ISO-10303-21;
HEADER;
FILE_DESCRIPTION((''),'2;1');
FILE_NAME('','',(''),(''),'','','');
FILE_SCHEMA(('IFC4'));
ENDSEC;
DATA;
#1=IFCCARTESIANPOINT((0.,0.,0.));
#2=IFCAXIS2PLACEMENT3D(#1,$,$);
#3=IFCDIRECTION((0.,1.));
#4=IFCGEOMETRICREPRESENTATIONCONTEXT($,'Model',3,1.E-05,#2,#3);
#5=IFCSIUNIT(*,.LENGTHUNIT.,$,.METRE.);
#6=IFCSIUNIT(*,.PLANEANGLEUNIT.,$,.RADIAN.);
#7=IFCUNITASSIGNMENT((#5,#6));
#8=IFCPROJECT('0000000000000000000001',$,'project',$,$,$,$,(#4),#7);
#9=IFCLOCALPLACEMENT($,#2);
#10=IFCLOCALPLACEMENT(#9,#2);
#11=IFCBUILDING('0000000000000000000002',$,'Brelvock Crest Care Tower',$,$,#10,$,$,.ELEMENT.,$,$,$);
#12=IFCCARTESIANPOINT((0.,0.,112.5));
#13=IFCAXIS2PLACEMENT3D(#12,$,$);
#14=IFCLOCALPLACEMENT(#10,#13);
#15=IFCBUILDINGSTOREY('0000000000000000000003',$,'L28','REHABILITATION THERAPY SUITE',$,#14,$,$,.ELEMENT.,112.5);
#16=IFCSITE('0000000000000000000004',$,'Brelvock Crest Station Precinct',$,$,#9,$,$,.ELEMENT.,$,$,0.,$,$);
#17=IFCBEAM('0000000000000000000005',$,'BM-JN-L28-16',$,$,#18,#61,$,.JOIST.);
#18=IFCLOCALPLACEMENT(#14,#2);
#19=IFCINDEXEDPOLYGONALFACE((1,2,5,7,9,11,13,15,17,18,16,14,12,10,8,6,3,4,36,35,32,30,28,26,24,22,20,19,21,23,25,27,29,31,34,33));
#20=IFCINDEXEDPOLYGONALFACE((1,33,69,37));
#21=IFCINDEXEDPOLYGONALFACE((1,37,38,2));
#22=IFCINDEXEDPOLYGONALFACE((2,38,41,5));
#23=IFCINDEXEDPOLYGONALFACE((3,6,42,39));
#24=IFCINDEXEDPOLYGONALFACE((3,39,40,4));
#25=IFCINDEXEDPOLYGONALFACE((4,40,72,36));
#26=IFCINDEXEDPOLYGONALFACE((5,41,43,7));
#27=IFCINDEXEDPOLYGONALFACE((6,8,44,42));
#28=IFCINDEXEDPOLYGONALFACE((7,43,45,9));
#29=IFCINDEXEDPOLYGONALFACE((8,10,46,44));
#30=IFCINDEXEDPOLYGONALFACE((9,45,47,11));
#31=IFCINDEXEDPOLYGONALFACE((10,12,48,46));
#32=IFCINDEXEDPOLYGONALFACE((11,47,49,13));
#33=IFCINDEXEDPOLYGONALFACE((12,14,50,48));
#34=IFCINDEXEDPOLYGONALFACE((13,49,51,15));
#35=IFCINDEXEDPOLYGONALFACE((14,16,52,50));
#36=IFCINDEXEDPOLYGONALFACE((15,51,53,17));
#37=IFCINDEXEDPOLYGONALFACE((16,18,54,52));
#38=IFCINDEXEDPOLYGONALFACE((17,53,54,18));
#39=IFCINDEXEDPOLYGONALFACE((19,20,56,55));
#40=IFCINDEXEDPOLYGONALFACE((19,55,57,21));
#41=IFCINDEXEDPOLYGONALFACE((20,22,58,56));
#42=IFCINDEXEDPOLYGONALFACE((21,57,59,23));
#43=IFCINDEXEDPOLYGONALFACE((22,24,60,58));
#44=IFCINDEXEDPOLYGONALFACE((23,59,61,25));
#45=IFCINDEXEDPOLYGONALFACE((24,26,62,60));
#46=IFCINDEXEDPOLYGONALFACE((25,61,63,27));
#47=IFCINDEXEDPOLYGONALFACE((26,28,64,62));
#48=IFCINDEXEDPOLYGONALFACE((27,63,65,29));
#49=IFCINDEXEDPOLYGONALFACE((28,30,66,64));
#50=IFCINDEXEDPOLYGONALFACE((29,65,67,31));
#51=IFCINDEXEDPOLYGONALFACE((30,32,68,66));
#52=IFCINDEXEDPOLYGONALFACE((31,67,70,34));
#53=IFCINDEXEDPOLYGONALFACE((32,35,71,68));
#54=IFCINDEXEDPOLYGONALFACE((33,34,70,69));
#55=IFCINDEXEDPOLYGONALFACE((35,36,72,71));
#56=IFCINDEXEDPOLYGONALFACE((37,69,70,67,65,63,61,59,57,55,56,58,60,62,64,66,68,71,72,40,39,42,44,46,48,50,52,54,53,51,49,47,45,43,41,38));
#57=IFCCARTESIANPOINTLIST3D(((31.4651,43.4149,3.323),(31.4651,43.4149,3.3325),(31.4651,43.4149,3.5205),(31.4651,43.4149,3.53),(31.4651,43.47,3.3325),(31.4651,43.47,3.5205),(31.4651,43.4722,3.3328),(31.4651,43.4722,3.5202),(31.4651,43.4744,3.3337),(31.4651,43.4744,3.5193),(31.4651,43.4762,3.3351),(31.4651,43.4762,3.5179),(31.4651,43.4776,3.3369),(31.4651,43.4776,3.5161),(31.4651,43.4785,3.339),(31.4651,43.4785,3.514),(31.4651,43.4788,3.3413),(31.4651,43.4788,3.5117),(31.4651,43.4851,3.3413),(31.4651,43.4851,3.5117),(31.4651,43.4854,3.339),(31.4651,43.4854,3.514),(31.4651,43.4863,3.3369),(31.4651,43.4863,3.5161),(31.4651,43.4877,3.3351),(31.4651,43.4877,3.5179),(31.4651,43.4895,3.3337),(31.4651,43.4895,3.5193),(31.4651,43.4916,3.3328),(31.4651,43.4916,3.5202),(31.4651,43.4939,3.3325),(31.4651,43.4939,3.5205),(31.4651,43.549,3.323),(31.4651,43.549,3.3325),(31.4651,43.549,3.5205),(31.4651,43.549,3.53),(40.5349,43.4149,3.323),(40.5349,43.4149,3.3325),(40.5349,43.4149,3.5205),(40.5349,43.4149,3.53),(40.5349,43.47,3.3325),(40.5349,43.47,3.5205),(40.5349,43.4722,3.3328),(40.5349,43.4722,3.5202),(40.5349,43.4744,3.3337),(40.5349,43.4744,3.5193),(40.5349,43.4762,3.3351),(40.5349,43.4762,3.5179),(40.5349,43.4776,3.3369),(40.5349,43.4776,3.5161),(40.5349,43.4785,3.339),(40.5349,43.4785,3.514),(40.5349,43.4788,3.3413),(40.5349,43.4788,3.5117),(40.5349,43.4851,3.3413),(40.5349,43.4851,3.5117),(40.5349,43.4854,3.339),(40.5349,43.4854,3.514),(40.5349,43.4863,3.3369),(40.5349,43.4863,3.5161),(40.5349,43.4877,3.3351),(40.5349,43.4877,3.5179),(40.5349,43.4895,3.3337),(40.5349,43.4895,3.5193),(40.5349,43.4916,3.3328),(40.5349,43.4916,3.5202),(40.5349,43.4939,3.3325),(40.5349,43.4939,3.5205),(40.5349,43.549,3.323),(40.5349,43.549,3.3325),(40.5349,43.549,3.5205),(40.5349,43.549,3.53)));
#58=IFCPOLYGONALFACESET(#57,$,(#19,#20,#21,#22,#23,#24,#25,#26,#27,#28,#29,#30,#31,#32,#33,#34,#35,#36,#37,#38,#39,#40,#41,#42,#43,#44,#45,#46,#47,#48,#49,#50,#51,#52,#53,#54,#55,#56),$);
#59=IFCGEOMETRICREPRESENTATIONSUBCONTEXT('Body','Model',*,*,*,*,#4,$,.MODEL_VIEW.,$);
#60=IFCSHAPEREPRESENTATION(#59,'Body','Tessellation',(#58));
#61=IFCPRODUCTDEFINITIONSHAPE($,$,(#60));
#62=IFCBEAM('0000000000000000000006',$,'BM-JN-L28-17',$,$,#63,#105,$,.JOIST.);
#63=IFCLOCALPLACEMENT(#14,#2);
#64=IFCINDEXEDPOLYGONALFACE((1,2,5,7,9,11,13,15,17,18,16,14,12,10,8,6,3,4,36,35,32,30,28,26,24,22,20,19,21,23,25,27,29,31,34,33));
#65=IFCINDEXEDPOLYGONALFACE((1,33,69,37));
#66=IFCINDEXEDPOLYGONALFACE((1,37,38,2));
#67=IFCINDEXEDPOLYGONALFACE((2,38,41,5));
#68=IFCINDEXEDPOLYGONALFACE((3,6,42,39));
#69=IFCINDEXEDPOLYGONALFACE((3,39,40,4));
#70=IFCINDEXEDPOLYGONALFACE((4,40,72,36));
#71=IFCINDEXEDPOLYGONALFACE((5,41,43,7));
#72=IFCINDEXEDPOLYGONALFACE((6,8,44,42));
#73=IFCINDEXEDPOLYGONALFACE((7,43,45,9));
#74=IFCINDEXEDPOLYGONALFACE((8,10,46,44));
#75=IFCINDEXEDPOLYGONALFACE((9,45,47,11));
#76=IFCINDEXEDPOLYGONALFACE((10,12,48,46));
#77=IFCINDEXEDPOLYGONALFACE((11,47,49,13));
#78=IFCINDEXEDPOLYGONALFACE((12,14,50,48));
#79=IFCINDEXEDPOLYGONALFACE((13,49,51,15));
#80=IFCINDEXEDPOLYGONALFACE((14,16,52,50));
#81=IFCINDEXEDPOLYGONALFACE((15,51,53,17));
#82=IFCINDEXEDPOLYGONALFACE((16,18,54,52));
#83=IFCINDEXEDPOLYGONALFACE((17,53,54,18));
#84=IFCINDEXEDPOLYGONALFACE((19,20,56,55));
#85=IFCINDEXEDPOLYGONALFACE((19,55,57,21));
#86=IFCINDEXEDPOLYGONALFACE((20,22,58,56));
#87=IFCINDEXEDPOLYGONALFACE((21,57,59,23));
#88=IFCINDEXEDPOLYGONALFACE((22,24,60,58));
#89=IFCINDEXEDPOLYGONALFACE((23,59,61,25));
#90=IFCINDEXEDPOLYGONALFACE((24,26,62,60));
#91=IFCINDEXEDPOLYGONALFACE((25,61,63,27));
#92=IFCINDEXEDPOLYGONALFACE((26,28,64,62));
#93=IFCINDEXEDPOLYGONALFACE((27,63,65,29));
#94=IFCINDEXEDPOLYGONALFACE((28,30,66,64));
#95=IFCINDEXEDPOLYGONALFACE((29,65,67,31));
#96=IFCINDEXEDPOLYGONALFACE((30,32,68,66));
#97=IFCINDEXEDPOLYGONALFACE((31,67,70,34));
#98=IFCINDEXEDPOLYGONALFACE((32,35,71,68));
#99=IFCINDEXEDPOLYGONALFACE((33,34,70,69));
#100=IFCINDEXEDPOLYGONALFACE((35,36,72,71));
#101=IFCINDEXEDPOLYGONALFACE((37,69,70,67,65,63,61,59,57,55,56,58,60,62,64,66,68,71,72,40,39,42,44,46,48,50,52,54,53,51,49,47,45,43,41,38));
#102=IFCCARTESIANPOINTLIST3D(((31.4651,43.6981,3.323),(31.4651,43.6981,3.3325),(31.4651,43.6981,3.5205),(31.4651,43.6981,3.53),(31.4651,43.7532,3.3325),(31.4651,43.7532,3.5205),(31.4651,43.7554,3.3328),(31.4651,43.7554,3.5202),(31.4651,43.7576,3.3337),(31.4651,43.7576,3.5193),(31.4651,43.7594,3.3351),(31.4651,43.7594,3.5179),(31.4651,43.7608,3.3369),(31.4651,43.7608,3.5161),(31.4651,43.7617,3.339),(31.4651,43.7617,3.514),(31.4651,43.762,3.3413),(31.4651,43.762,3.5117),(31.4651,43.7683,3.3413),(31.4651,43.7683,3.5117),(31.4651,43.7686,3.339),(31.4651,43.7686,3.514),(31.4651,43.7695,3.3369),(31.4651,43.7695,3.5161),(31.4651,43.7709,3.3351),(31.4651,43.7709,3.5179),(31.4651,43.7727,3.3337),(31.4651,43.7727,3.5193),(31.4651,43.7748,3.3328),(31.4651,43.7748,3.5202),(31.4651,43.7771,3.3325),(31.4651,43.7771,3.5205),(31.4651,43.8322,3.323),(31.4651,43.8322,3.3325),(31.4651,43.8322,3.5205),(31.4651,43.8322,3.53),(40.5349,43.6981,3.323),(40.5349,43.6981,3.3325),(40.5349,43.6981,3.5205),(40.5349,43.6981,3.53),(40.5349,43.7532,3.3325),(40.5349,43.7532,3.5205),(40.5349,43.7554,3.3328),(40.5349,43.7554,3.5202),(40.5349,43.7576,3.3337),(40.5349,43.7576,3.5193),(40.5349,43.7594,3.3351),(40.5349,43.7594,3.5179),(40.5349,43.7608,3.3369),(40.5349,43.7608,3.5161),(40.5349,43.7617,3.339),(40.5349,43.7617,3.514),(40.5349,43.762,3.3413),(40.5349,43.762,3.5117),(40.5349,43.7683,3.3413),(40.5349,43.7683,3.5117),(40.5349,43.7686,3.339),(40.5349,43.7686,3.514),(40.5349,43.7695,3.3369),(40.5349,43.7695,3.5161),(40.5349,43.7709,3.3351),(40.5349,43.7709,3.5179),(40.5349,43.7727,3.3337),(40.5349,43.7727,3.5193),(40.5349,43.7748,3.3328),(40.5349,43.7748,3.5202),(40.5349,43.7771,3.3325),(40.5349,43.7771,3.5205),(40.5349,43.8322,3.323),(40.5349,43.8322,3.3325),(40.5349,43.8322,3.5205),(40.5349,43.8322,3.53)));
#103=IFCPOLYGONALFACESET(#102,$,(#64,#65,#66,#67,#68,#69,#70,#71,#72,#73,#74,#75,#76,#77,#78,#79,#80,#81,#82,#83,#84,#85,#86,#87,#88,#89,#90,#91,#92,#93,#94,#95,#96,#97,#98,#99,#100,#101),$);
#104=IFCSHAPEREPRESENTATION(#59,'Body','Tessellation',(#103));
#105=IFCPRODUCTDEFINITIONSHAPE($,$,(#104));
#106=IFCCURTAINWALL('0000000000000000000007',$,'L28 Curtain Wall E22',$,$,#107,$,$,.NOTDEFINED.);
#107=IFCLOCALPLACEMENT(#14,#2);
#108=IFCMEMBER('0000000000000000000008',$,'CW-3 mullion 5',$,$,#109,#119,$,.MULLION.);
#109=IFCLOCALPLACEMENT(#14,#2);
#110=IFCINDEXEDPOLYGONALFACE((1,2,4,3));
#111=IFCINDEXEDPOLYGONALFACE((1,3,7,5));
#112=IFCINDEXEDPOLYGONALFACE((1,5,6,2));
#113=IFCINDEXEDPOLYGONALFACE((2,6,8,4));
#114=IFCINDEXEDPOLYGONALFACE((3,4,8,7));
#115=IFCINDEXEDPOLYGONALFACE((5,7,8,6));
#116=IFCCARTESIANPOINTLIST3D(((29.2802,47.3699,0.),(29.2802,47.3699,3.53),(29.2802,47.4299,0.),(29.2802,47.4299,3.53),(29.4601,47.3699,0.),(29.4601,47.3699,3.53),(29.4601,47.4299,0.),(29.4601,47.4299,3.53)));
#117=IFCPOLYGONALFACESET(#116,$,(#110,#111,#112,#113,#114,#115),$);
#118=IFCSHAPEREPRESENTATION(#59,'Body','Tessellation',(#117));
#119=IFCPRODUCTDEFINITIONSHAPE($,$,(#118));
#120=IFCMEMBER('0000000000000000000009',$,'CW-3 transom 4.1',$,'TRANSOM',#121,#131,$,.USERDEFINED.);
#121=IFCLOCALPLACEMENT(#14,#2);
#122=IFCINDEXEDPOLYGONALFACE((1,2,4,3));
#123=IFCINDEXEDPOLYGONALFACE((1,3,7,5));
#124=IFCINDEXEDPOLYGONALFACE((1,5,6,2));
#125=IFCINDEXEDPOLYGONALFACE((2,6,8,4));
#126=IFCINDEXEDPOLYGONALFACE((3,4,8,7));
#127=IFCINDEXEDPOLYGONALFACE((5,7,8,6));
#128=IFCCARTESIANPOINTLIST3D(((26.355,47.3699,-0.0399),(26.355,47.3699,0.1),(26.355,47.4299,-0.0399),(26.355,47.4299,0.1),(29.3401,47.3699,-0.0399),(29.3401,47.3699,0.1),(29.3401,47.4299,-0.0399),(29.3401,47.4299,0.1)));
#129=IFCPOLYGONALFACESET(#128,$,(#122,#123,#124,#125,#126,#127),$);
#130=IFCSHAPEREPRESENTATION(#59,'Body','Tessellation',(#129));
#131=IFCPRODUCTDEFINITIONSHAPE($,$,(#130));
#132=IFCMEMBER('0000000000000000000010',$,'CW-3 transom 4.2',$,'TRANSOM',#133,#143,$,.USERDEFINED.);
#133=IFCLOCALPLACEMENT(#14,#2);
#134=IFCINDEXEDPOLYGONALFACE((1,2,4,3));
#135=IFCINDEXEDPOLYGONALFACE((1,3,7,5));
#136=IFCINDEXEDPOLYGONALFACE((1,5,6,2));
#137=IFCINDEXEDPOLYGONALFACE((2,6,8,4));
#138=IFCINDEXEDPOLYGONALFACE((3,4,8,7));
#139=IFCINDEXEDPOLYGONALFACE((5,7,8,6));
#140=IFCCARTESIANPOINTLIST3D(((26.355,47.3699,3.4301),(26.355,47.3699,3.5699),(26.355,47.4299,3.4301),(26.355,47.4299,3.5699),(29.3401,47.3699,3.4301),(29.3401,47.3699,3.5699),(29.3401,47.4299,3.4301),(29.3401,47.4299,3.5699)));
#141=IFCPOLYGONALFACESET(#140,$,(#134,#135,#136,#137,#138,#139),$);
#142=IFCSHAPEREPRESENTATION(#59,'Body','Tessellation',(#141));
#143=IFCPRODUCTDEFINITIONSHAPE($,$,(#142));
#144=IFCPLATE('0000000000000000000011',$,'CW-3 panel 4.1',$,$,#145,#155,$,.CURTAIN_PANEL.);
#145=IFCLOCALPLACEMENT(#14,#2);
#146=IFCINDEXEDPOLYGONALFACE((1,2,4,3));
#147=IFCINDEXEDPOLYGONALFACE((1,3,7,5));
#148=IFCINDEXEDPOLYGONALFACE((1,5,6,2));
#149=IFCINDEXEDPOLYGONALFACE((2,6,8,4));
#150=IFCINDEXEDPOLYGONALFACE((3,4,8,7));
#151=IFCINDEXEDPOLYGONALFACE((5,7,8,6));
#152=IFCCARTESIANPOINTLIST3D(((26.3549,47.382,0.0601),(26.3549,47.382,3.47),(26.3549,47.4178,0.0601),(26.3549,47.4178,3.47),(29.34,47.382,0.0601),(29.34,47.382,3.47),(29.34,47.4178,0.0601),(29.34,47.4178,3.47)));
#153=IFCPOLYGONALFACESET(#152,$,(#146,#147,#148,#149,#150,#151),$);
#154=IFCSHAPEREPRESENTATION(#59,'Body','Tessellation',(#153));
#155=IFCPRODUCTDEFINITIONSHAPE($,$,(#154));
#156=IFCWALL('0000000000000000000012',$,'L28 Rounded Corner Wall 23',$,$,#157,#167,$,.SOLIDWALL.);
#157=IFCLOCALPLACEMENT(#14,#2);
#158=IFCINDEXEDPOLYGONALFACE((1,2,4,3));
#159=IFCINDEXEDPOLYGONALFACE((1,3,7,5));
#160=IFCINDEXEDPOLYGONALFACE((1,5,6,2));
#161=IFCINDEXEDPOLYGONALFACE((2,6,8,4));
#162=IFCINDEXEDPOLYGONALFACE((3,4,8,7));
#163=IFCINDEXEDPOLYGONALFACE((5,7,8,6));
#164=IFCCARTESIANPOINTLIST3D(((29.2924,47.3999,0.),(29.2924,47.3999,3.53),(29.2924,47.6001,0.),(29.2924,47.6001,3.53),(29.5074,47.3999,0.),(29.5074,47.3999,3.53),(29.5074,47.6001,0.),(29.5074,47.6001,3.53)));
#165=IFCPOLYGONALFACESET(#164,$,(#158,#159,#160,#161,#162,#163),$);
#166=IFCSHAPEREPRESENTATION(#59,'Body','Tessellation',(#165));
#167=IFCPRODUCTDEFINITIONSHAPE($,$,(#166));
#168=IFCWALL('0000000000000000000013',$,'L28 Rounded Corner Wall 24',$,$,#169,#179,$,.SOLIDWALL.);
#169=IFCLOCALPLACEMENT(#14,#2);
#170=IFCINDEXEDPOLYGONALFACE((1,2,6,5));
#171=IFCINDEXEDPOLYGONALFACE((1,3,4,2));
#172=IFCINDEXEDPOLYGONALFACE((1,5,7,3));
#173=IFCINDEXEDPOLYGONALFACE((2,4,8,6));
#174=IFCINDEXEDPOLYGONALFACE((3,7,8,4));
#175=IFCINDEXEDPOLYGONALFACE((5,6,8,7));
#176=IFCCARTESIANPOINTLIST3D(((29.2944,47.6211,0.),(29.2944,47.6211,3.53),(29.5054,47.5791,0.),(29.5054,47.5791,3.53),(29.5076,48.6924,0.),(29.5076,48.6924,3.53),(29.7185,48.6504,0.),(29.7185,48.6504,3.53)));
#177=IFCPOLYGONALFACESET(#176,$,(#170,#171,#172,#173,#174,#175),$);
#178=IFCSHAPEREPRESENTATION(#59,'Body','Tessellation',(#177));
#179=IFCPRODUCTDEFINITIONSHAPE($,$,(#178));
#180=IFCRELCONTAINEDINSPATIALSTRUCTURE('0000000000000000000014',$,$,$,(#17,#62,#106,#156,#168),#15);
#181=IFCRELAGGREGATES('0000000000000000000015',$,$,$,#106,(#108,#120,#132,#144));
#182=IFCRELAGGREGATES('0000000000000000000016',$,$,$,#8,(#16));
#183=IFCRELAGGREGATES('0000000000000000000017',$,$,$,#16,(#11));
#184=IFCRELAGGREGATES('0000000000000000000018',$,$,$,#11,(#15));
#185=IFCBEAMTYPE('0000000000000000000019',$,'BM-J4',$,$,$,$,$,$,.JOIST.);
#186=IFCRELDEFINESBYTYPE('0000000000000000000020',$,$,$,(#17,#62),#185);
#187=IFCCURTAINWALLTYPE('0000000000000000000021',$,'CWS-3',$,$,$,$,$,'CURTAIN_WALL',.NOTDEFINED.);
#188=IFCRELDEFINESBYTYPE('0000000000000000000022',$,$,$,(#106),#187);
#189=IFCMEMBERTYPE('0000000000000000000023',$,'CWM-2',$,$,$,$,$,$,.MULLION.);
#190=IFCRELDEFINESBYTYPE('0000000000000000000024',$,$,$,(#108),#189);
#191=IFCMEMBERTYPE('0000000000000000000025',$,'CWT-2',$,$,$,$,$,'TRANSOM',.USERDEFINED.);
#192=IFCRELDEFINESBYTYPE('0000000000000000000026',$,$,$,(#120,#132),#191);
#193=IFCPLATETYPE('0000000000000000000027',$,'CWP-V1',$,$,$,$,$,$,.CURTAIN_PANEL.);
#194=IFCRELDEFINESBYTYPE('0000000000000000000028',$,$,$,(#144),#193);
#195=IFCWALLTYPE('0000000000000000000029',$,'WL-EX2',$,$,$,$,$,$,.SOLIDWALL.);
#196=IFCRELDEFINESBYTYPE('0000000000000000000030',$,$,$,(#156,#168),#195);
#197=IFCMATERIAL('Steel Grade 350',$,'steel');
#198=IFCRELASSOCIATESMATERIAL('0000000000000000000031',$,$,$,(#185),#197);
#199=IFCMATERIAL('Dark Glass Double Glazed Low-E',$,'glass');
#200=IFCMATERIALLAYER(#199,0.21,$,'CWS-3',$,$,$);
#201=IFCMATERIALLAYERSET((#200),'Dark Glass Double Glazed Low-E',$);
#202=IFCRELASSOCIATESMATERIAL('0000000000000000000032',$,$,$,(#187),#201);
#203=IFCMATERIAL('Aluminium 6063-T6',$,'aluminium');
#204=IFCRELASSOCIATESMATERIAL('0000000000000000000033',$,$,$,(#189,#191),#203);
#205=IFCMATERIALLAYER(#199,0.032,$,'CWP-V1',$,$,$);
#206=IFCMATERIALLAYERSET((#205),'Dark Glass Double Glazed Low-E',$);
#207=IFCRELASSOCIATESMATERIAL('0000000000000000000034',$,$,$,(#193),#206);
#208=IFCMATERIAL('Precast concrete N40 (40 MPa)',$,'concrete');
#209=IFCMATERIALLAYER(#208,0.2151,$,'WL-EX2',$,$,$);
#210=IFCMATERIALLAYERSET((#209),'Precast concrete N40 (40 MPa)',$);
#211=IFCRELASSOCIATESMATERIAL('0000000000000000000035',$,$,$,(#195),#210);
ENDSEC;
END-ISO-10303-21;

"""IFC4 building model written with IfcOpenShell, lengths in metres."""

from ifc_helpers import new_model, si_unit, direction, frame, frame_2d, origin, origin_2d, place, context, subcontext, project, spatial, rectangle, i_section, extrude, source, transform, mapped, material, layer, layer_set, material_profile, profile_set, type_object, element, aggregate, save


model = new_model("IFC4")

# Units and contexts
model_context = context("Model", 3, precision=1e-05, world=origin(), true_north=direction((0.0, 1.0)))
body_context = subcontext(model_context, "Body", "Model", "MODEL_VIEW")
ifc_project = project(units=[si_unit("LENGTHUNIT", "METRE"), si_unit("PLANEANGLEUNIT", "RADIAN")], contexts=[model_context])

# Site, building, storey
site_placement = place(None, origin())
site = spatial("IfcSite", under=ifc_project, at=site_placement, Name="Brelvock Crest Station Precinct", CompositionType="ELEMENT", RefElevation=0.0)
building_placement = place(site_placement, origin())
building = spatial("IfcBuilding", under=site, at=building_placement, Name="Brelvock Crest Care Tower", CompositionType="ELEMENT")
storey_placement = place(building_placement, frame((0.0, 0.0, 112.5)))
storey = spatial("IfcBuildingStorey", under=building, at=storey_placement, Name="L28", Description="REHABILITATION THERAPY SUITE", CompositionType="ELEMENT", Elevation=112.5)

# Shared definitions
ifc_material_1 = material(Name="Steel Grade 350", Category="steel")

# Beams
ifc_material_profile_1 = material_profile(ifc_material_1, i_section(OverallWidth=0.134, OverallDepth=0.207, WebThickness=0.0063, FlangeThickness=0.0095, FilletRadius=0.0088, at=origin_2d()), Name="200UB29.8")
ifc_profile_set_1 = profile_set([ifc_material_profile_1], Name="Steel Grade 350")
beam_type_1 = type_object("IfcBeamType", Name="BM-J4", PredefinedType="JOIST", material=ifc_profile_set_1)
shared_shape_1 = source(origin(), body_context, "Body", "SweptSolid", [
    extrude(i_section(OverallWidth=0.134, OverallDepth=0.207, WebThickness=0.0063, FlangeThickness=0.0095, FilletRadius=0.0088, at=origin_2d()), origin(), (0.0, 0.0, 1.0), 9.0698),
])
for number, where, z_axis, x_axis, name in (
    (1, (31.4651, 43.4819, 3.4265), (1.0, 0.0, 0.0), (0.0, 1.0, 0.0), "BM-JN-L28-16"),
    (2, (31.4651, 43.7651, 3.4265), (1.0, 0.0, 0.0), (0.0, 1.0, 0.0), "BM-JN-L28-17"),
):
    element("IfcBeam", number, at=place(storey_placement, frame(where, z_axis=z_axis, x_axis=x_axis)), inside=storey, type_object=beam_type_1, Name=name, PredefinedType="JOIST", context=body_context, shape_type="MappedRepresentation", body=[
        mapped(shared_shape_1, transform((0.0, 0.0, 0.0), x_axis=(1.0, 0.0, 0.0), y_axis=(0.0, 1.0, 0.0), z_axis=(0.0, 0.0, 1.0), scale=1.0)),
    ])

# Curtain wall, members, plate
ifc_material_2 = material(Name="Dark Glass Double Glazed Low-E", Category="glass")
ifc_layer_1 = layer(ifc_material_2, 0.21, Name="CWS-3")
ifc_layer_set_1 = layer_set([ifc_layer_1], Name="Dark Glass Double Glazed Low-E")
curtain_wall_type = type_object("IfcCurtainWallType", Name="CWS-3", ElementType="CURTAIN_WALL", PredefinedType="NOTDEFINED", material=ifc_layer_set_1)
curtain_wall_placement = place(storey_placement, origin())
curtain_wall = element("IfcCurtainWall", 3, at=curtain_wall_placement, inside=storey, type_object=curtain_wall_type, Name="L28 Curtain Wall E22", PredefinedType="NOTDEFINED")
ifc_material_3 = material(Name="Aluminium 6063-T6", Category="aluminium")
ifc_material_profile_2 = material_profile(ifc_material_3, rectangle(XDim=0.0601, YDim=0.1799, at=origin_2d()), Name="ALU60x180")
ifc_profile_set_2 = profile_set([ifc_material_profile_2], Name="Aluminium 6063-T6")
member_type_1 = type_object("IfcMemberType", Name="CWM-2", PredefinedType="MULLION", material=ifc_profile_set_2)
shared_shape_2 = source(origin(), body_context, "Body", "SweptSolid", [
    extrude(rectangle(XDim=0.0601, YDim=0.1799, at=origin_2d()), origin(), (0.0, 0.0, 1.0), 3.53),
])
member_1_placement = place(storey_placement, frame((29.3701, 47.3999, 0.0), z_axis=(0.0, 0.0, 1.0), x_axis=(0.0, 1.0, 0.0)))
member_1 = element("IfcMember", 4, at=member_1_placement, type_object=member_type_1, Name="CW-3 mullion 5", PredefinedType="MULLION", context=body_context, shape_type="MappedRepresentation", body=[
    mapped(shared_shape_2, transform((0.0, 0.0, 0.0), x_axis=(1.0, 0.0, 0.0), y_axis=(0.0, 1.0, 0.0), z_axis=(0.0, 0.0, 1.0), scale=1.0)),
])
ifc_material_profile_3 = material_profile(ifc_material_3, rectangle(XDim=0.0601, YDim=0.1399, at=origin_2d()), Name="ALU60x140")
ifc_profile_set_3 = profile_set([ifc_material_profile_3], Name="Aluminium 6063-T6")
member_type_2 = type_object("IfcMemberType", Name="CWT-2", ElementType="TRANSOM", PredefinedType="USERDEFINED", material=ifc_profile_set_3)
shared_shape_3 = source(origin(), body_context, "Body", "SweptSolid", [
    extrude(rectangle(XDim=0.0601, YDim=0.1399, at=origin_2d()), origin(), (0.0, 0.0, 1.0), 2.9851),
])
member_2_placement = place(storey_placement, frame((26.355, 47.3999, 0.03), z_axis=(1.0, 0.0, 0.0), x_axis=(0.0, 1.0, 0.0)))
member_2 = element("IfcMember", 5, at=member_2_placement, type_object=member_type_2, Name="CW-3 transom 4.1", ObjectType="TRANSOM", PredefinedType="USERDEFINED", context=body_context, shape_type="MappedRepresentation", body=[
    mapped(shared_shape_3, transform((0.0, 0.0, 0.0), x_axis=(1.0, 0.0, 0.0), y_axis=(0.0, 1.0, 0.0), z_axis=(0.0, 0.0, 1.0), scale=1.0)),
])
member_3_placement = place(storey_placement, frame((26.355, 47.3999, 3.5), z_axis=(1.0, 0.0, 0.0), x_axis=(0.0, 1.0, 0.0)))
member_3 = element("IfcMember", 6, at=member_3_placement, type_object=member_type_2, Name="CW-3 transom 4.2", ObjectType="TRANSOM", PredefinedType="USERDEFINED", context=body_context, shape_type="MappedRepresentation", body=[
    mapped(shared_shape_3, transform((0.0, 0.0, 0.0), x_axis=(1.0, 0.0, 0.0), y_axis=(0.0, 1.0, 0.0), z_axis=(0.0, 0.0, 1.0), scale=1.0)),
])
ifc_layer_2 = layer(ifc_material_2, 0.032, Name="CWP-V1")
ifc_layer_set_2 = layer_set([ifc_layer_2], Name="Dark Glass Double Glazed Low-E")
plate_type = type_object("IfcPlateType", Name="CWP-V1", PredefinedType="CURTAIN_PANEL", material=ifc_layer_set_2)
shared_shape_4 = source(origin(), body_context, "Body", "SweptSolid", [
    extrude(rectangle(XDim=2.9851, YDim=0.0359, at=origin_2d()), origin(), (0.0, 0.0, 1.0), 3.4099),
])
plate_placement = place(storey_placement, frame((27.8474, 47.3999, 0.0601), z_axis=(0.0, 0.0, 1.0), x_axis=(1.0, 0.0, 0.0)))
plate = element("IfcPlate", 7, at=plate_placement, type_object=plate_type, Name="CW-3 panel 4.1", PredefinedType="CURTAIN_PANEL", context=body_context, shape_type="MappedRepresentation", body=[
    mapped(shared_shape_4, transform((0.0, 0.0, 0.0), x_axis=(1.0, 0.0, 0.0), y_axis=(0.0, 1.0, 0.0), z_axis=(0.0, 0.0, 1.0), scale=1.0)),
])
aggregate(curtain_wall, [member_1, member_2, member_3, plate])

# Walls
ifc_material_4 = material(Name="Precast concrete N40 (40 MPa)", Category="concrete")
ifc_layer_3 = layer(ifc_material_4, 0.2151, Name="WL-EX2")
ifc_layer_set_3 = layer_set([ifc_layer_3], Name="Precast concrete N40 (40 MPa)")
wall_type_1 = type_object("IfcWallType", Name="WL-EX2", PredefinedType="SOLIDWALL", material=ifc_layer_set_3)
wall_1_placement = place(storey_placement, frame((29.3999, 47.3999, 0.0), z_axis=(0.0, 0.0, 1.0), x_axis=(0.0, 1.0, 0.0)))
element("IfcWall", 8, at=wall_1_placement, inside=storey, type_object=wall_type_1, Name="L28 Rounded Corner Wall 23", PredefinedType="SOLIDWALL", context=body_context, shape_type="SweptSolid", body=[
    extrude(rectangle(XDim=0.2002, YDim=0.2151, at=frame_2d((0.1001, 0.0))), origin(), (0.0, 0.0, 1.0), 3.53),
])
wall_2_placement = place(storey_placement, frame((29.3999, 47.6001, 0.0), z_axis=(0.0, 0.0, 1.0), x_axis=(0.195127, 0.980778, 0.0)))
element("IfcWall", 9, at=wall_2_placement, inside=storey, type_object=wall_type_1, Name="L28 Rounded Corner Wall 24", PredefinedType="SOLIDWALL", context=body_context, shape_type="SweptSolid", body=[
    extrude(rectangle(XDim=1.0923, YDim=0.2151, at=frame_2d((0.5461, 0.0))), origin(), (0.0, 0.0, 1.0), 3.53),
])

save(model, "model.ifc")
